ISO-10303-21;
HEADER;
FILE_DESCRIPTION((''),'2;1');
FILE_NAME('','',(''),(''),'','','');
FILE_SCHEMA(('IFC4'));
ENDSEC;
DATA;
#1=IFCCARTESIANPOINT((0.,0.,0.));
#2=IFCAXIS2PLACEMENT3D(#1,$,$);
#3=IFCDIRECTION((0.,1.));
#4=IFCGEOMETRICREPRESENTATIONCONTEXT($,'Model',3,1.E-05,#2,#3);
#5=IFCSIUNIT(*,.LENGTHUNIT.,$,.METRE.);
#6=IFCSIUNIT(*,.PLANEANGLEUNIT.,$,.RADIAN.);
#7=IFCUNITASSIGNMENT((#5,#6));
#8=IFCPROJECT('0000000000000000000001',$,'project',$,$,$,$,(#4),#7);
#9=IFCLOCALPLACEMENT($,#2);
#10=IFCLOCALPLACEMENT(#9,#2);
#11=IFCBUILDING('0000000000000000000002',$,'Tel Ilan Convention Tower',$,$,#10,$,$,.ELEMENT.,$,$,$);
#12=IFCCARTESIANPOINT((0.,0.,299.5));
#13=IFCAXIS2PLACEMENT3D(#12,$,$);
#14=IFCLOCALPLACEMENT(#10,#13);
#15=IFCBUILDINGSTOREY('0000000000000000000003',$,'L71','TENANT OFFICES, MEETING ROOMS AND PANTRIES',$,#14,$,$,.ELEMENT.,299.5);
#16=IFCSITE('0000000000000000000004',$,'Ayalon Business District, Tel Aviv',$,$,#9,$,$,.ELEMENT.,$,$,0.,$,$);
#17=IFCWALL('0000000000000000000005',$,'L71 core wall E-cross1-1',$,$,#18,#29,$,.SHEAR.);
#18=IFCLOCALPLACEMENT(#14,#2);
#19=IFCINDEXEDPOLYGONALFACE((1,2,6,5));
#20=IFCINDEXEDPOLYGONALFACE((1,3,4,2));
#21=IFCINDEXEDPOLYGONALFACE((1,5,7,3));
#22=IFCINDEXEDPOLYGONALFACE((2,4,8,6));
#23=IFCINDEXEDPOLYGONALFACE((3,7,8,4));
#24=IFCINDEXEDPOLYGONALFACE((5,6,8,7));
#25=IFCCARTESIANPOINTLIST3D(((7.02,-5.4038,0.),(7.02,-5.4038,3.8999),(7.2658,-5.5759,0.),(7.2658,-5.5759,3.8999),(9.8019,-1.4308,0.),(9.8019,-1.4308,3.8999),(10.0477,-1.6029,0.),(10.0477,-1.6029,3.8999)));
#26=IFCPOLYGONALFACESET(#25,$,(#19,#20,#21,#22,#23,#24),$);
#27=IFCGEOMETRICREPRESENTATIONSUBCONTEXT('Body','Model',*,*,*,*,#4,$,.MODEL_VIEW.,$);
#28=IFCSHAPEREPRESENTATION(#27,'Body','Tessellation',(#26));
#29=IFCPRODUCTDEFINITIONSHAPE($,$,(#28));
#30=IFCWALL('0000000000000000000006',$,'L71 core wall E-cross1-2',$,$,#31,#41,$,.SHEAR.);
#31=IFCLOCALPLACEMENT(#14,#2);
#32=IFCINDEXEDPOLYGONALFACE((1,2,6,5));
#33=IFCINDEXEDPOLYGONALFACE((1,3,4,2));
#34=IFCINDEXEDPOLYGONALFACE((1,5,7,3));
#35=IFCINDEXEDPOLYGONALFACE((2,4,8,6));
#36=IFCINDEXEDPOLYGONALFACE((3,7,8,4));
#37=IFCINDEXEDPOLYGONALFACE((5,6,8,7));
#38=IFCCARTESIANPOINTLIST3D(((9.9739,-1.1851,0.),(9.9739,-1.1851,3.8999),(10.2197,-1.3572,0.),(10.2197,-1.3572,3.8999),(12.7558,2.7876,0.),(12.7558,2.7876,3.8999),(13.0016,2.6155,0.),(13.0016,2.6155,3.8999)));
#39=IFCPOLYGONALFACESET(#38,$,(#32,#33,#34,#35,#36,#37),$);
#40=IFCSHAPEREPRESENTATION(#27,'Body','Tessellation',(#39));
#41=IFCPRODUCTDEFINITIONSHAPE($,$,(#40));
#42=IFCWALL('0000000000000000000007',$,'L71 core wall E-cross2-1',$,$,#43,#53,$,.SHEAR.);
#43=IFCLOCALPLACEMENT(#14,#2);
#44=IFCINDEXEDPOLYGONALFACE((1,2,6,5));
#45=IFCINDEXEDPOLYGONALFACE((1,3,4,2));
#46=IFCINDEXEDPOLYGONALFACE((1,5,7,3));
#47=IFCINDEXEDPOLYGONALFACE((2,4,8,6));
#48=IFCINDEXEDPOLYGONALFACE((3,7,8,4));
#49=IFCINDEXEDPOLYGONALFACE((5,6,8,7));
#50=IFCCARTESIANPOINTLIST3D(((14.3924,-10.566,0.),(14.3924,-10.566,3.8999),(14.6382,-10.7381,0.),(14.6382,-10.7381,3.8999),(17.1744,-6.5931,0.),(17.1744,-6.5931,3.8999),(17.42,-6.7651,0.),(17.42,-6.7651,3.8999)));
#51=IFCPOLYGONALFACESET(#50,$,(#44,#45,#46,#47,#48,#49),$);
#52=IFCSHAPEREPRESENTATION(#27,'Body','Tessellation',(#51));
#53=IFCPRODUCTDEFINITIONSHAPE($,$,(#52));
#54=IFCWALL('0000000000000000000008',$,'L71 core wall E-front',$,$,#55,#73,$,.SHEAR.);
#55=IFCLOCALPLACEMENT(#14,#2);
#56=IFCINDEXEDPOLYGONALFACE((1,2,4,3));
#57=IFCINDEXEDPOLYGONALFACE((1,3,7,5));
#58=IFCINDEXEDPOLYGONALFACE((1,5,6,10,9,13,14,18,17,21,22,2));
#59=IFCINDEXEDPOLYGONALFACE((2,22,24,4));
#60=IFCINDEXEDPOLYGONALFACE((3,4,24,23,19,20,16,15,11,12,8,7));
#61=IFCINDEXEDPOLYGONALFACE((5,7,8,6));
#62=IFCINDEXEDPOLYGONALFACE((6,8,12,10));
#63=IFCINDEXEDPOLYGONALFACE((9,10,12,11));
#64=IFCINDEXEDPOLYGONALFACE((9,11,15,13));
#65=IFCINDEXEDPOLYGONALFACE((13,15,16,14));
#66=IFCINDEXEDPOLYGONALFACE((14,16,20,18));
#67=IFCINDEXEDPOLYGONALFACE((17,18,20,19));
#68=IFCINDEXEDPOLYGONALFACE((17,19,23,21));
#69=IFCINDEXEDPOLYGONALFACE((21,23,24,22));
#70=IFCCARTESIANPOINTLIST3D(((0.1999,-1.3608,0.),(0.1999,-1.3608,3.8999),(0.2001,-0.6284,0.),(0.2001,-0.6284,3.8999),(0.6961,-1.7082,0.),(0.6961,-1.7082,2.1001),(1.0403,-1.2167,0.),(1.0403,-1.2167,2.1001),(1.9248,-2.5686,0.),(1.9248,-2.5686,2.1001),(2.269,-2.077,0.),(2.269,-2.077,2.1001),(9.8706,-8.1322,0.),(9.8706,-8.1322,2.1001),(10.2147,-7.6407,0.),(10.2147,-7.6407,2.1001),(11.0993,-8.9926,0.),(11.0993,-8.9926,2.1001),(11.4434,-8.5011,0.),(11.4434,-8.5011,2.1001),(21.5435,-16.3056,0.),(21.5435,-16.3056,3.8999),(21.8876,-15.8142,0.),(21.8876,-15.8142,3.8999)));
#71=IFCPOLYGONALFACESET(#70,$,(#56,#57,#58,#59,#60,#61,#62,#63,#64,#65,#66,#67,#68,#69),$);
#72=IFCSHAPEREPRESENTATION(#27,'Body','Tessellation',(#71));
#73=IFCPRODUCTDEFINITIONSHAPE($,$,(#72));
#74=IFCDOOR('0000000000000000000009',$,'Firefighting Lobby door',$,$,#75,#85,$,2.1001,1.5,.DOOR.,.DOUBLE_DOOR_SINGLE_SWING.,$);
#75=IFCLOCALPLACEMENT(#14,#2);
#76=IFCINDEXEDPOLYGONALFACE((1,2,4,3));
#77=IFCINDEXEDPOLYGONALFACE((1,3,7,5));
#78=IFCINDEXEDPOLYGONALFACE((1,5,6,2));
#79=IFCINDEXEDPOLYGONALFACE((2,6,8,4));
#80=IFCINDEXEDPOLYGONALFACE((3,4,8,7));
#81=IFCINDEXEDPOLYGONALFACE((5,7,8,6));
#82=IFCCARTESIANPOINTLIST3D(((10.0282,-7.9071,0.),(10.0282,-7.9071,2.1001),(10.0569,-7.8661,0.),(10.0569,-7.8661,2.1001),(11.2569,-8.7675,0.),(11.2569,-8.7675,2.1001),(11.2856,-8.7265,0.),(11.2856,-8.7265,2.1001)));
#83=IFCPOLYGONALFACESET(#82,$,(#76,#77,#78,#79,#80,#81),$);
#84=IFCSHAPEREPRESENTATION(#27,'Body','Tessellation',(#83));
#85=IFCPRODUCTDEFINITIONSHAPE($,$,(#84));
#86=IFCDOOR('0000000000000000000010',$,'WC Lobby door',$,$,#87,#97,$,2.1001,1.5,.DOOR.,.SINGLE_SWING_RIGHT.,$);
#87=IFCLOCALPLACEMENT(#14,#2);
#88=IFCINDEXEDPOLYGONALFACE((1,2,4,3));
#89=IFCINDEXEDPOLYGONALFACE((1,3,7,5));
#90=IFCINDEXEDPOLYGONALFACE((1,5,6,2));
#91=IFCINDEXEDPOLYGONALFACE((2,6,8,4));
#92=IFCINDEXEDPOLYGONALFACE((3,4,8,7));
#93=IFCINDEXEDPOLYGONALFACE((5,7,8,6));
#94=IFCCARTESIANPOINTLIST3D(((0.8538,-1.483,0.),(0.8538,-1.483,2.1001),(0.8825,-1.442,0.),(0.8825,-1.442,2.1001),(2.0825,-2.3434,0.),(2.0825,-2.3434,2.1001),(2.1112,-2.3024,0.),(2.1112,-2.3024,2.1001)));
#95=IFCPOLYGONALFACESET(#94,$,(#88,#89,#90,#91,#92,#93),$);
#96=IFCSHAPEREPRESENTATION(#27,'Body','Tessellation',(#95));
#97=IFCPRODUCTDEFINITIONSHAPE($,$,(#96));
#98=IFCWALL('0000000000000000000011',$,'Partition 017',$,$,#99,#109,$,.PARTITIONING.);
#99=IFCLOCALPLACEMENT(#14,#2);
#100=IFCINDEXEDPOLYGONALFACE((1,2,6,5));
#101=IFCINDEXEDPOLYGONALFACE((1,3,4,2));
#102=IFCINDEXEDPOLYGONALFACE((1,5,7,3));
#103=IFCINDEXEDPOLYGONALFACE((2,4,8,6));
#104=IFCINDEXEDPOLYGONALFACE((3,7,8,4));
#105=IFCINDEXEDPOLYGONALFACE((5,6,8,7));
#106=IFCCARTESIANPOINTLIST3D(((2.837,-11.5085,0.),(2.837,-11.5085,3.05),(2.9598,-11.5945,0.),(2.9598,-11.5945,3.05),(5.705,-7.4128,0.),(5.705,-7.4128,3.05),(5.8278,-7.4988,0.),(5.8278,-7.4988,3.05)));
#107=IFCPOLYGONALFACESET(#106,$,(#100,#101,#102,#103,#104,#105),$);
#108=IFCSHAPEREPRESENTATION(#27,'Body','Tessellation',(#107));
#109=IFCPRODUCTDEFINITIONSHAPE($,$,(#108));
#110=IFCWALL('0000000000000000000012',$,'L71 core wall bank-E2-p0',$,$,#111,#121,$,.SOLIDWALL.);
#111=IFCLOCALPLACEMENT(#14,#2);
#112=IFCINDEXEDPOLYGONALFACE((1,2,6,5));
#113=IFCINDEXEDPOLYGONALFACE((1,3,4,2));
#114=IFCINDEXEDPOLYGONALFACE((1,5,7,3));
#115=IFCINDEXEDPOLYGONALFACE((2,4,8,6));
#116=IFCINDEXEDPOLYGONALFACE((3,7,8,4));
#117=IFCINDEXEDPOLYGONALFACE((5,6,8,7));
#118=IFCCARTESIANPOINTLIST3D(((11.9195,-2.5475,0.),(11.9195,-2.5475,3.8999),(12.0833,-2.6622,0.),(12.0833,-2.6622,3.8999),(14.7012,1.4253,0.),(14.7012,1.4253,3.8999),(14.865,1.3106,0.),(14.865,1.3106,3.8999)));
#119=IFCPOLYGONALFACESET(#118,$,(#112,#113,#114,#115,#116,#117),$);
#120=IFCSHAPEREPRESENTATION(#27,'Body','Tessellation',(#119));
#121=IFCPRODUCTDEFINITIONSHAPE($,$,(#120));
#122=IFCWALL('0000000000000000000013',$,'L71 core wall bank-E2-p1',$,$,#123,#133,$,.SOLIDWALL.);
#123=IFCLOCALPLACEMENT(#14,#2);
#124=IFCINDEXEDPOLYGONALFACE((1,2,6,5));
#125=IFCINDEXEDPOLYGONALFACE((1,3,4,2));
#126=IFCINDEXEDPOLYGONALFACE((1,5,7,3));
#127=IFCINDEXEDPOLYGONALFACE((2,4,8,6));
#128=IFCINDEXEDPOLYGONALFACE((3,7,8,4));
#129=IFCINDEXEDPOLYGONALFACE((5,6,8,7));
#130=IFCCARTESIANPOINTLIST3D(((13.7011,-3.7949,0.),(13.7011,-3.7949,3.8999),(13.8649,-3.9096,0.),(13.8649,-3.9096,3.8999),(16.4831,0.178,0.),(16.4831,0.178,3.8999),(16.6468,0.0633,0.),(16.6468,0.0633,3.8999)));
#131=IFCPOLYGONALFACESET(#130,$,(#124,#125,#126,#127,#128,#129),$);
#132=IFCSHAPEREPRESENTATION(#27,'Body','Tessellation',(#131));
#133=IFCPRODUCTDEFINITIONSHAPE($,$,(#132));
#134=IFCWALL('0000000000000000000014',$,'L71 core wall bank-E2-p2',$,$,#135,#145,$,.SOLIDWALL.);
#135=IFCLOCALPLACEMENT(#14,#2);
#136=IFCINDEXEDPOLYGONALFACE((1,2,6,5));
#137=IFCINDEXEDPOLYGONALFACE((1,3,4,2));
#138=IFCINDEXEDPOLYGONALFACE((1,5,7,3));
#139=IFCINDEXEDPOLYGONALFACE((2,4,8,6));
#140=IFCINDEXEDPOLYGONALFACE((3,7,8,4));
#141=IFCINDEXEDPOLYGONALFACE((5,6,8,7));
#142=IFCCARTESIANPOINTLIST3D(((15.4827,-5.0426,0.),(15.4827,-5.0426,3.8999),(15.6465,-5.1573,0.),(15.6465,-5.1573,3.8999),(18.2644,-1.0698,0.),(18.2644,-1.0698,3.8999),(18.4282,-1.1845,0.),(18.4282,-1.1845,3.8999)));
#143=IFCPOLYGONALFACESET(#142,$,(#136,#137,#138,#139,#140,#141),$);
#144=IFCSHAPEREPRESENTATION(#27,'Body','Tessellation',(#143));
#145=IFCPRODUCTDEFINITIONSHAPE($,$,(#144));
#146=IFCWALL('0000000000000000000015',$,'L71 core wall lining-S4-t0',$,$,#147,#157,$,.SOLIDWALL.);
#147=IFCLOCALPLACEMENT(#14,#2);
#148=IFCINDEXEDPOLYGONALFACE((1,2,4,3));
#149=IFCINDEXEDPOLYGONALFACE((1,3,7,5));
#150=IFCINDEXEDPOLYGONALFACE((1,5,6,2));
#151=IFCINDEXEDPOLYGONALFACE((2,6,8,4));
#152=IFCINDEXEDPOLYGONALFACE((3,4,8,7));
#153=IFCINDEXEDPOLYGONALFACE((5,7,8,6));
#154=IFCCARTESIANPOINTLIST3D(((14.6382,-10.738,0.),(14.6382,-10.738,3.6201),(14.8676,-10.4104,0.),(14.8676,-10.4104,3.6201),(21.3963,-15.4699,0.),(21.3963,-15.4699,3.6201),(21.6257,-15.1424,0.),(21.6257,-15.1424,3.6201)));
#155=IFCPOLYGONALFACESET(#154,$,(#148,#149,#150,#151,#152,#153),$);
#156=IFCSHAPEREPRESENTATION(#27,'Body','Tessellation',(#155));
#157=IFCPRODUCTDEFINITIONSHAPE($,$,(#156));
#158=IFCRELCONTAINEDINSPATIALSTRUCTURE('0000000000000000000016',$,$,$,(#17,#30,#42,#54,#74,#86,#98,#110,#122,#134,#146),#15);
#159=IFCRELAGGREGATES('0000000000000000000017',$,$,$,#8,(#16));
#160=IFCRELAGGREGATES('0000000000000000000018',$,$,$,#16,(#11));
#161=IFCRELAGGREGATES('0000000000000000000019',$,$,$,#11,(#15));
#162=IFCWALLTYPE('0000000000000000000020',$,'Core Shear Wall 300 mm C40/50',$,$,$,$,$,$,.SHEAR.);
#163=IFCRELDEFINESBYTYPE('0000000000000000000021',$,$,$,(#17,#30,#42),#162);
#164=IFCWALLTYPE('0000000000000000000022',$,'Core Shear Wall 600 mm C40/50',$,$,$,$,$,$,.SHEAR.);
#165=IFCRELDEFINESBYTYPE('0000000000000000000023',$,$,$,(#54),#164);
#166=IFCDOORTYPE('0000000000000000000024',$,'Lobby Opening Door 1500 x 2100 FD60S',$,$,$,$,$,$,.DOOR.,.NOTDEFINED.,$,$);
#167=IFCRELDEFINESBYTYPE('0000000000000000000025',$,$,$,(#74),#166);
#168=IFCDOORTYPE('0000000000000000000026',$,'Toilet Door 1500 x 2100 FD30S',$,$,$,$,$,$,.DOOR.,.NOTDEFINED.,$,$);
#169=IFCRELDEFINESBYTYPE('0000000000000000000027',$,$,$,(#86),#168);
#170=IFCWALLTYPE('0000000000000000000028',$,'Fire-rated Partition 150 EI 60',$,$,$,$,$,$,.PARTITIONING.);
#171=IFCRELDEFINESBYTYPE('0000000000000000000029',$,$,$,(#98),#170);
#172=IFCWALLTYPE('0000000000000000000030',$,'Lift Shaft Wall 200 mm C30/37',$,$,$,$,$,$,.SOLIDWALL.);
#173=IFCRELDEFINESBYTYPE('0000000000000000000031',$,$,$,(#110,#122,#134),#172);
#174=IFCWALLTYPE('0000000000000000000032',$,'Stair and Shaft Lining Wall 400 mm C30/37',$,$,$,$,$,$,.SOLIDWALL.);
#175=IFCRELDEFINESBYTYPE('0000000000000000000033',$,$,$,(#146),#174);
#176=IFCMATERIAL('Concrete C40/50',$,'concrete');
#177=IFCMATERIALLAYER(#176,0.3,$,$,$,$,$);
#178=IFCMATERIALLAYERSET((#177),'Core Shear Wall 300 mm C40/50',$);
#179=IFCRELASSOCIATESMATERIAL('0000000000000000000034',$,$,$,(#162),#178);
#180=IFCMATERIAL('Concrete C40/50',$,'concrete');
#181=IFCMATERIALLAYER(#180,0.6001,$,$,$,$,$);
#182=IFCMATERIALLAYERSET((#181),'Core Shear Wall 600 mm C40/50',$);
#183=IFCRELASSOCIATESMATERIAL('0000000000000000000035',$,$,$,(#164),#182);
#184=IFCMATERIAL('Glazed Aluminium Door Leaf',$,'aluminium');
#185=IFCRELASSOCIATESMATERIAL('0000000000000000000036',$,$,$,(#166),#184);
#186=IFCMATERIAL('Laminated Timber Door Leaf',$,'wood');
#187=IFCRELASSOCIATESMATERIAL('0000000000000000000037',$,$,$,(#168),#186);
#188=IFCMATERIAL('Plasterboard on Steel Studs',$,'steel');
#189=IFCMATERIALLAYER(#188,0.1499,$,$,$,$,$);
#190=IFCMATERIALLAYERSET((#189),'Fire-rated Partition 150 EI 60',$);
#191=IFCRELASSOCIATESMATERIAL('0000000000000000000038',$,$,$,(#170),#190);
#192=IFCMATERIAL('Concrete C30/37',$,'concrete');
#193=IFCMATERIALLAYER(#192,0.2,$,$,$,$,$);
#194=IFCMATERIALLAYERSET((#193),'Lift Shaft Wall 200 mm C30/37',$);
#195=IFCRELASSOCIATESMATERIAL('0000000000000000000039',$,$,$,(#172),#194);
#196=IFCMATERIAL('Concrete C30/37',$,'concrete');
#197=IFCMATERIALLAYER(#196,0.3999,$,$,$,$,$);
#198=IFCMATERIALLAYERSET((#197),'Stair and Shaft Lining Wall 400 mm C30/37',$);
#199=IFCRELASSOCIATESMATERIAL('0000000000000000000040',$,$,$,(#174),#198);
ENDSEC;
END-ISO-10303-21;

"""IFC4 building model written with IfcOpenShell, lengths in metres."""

from ifc_helpers import new_model, si_unit, direction, frame, frame_2d, origin, place, context, subcontext, project, spatial, polyline, rectangle, outline, extrude, material, layer, layer_set, type_object, element, fill, save


model = new_model("IFC4")

# Units and contexts
model_context = context("Model", 3, precision=1e-05, world=origin(), true_north=direction((0.0, 1.0)))
body_context = subcontext(model_context, "Body", "Model", "MODEL_VIEW")
ifc_project = project(units=[si_unit("LENGTHUNIT", "METRE"), si_unit("PLANEANGLEUNIT", "RADIAN")], contexts=[model_context])

# Site, building, storey
site_placement = place(None, origin())
site = spatial("IfcSite", under=ifc_project, at=site_placement, Name="Ayalon Business District, Tel Aviv", CompositionType="ELEMENT", RefElevation=0.0)
building_placement = place(site_placement, origin())
building = spatial("IfcBuilding", under=site, at=building_placement, Name="Tel Ilan Convention Tower", CompositionType="ELEMENT")
storey_placement = place(building_placement, frame((0.0, 0.0, 299.5)))
storey = spatial("IfcBuildingStorey", under=building, at=storey_placement, Name="L71", Description="TENANT OFFICES, MEETING ROOMS AND PANTRIES", CompositionType="ELEMENT", Elevation=299.5)

# Walls
ifc_material_1 = material(Name="Concrete C40/50", Category="concrete")
ifc_layer_1 = layer(ifc_material_1, 0.3)
ifc_layer_set_1 = layer_set([ifc_layer_1], Name="Core Shear Wall 300 mm C40/50")
wall_type_1 = type_object("IfcWallType", Name="Core Shear Wall 300 mm C40/50", PredefinedType="SHEAR", material=ifc_layer_set_1)
wall_1_placement = place(storey_placement, frame((7.1428, -5.4897, 0.0), z_axis=(0.0, 0.0, 1.0), x_axis=(0.573618, 0.819123, 0.0)))
element("IfcWall", 1, at=wall_1_placement, inside=storey, type_object=wall_type_1, Name="L71 core wall E-cross1-1", PredefinedType="SHEAR", context=body_context, shape_type="SweptSolid", body=[
    extrude(outline(polyline([(0.0, 0.1499), (0.0, -0.1501), (4.8501, -0.1499), (4.8501, 0.1501), (0.0, 0.1499)])), origin(), (0.0, 0.0, 1.0), 3.8999),
])
wall_2_placement = place(storey_placement, frame((10.0969, -1.2712, 0.0), z_axis=(0.0, 0.0, 1.0), x_axis=(0.57356, 0.819163, 0.0)))
element("IfcWall", 2, at=wall_2_placement, inside=storey, type_object=wall_type_1, Name="L71 core wall E-cross1-2", PredefinedType="SHEAR", context=body_context, shape_type="SweptSolid", body=[
    extrude(outline(polyline([(4.8499, -0.1501), (4.8499, 0.1499), (0.0, 0.1501), (0.0, -0.1499), (4.8499, -0.1501)])), origin(), (0.0, 0.0, 1.0), 3.8999),
])
wall_3_placement = place(storey_placement, frame((14.5154, -10.6521, 0.0), z_axis=(0.0, 0.0, 1.0), x_axis=(0.57356, 0.819163, 0.0)))
element("IfcWall", 3, at=wall_3_placement, inside=storey, type_object=wall_type_1, Name="L71 core wall E-cross2-1", PredefinedType="SHEAR", context=body_context, shape_type="SweptSolid", body=[
    extrude(outline(polyline([(0.0, 0.1501), (0.0, -0.1499), (4.8501, -0.1499), (4.8501, 0.1499), (0.0, 0.1501)])), origin(), (0.0, 0.0, 1.0), 3.8999),
])

# Wall, openings, doors
ifc_material_2 = material(Name="Concrete C40/50", Category="concrete")
ifc_layer_2 = layer(ifc_material_2, 0.6001)
ifc_layer_set_2 = layer_set([ifc_layer_2], Name="Core Shear Wall 600 mm C40/50")
wall_type_2 = type_object("IfcWallType", Name="Core Shear Wall 600 mm C40/50", PredefinedType="SHEAR", material=ifc_layer_set_2)
wall_4_placement = place(storey_placement, frame((0.0278, -0.874, 0.0), z_axis=(0.0, 0.0, 1.0), x_axis=(0.81915, -0.573579, 0.0)))
wall_4 = element("IfcWall", 4, at=wall_4_placement, inside=storey, type_object=wall_type_2, Name="L71 core wall E-front", PredefinedType="SHEAR", context=body_context, shape_type="SweptSolid", body=[
    extrude(outline(polyline([(26.4758, 0.3), (0.0002, 0.3), (0.4202, -0.3), (26.4758, -0.2998), (26.4758, 0.3)])), origin(), (0.0, 0.0, 1.0), 3.8999),
])
opening_1_placement = place(wall_4_placement, frame((1.0259, 0.0, 0.0)))
opening_1 = element("IfcOpeningElement", 5, at=opening_1_placement, cuts=wall_4, PredefinedType="OPENING", context=body_context, shape_type="SweptSolid", body=[
    extrude(rectangle(XDim=1.5, YDim=2.1001, at=frame_2d((0.75, 1.05))), frame((0.0, 0.3101, 0.0), z_axis=(0.0, -1.0, 0.0), x_axis=(1.0, 0.0, 0.0)), (0.0, 0.0, 1.0), 0.6201),
])
opening_2_placement = place(wall_4_placement, frame((12.2258, 0.0, 0.0)))
opening_2 = element("IfcOpeningElement", 6, at=opening_2_placement, cuts=wall_4, PredefinedType="OPENING", context=body_context, shape_type="SweptSolid", body=[
    extrude(rectangle(XDim=1.5, YDim=2.1001, at=frame_2d((0.75, 1.05))), frame((0.0, 0.3101, 0.0), z_axis=(0.0, -1.0, 0.0), x_axis=(1.0, 0.0, 0.0)), (0.0, 0.0, 1.0), 0.6201),
])
ifc_material_3 = material(Name="Glazed Aluminium Door Leaf", Category="aluminium")
door_type_1 = type_object("IfcDoorType", Name="Lobby Opening Door 1500 x 2100 FD60S", OperationType="NOTDEFINED", PredefinedType="DOOR", material=ifc_material_3)
door_1_placement = place(opening_2_placement, origin())
door_1 = element("IfcDoor", 7, at=door_1_placement, inside=storey, type_object=door_type_1, Name="Firefighting Lobby door", OperationType="DOUBLE_DOOR_SINGLE_SWING", OverallHeight=2.1001, OverallWidth=1.5, PredefinedType="DOOR", context=body_context, shape_type="SweptSolid", body=[
    extrude(rectangle(XDim=1.5, YDim=2.1001, at=frame_2d((0.75, 1.05))), frame((0.0, 0.0249, 0.0), z_axis=(0.0, -1.0, 0.0), x_axis=(1.0, 0.0, 0.0)), (0.0, 0.0, 1.0), 0.05),
])
fill(opening_2, door_1)
ifc_material_4 = material(Name="Laminated Timber Door Leaf", Category="wood")
door_type_2 = type_object("IfcDoorType", Name="Toilet Door 1500 x 2100 FD30S", OperationType="NOTDEFINED", PredefinedType="DOOR", material=ifc_material_4)
door_2_placement = place(opening_1_placement, origin())
door_2 = element("IfcDoor", 8, at=door_2_placement, inside=storey, type_object=door_type_2, Name="WC Lobby door", OperationType="SINGLE_SWING_RIGHT", OverallHeight=2.1001, OverallWidth=1.5, PredefinedType="DOOR", context=body_context, shape_type="SweptSolid", body=[
    extrude(rectangle(XDim=1.5, YDim=2.1001, at=frame_2d((0.75, 1.05))), frame((0.0, 0.0249, 0.0), z_axis=(0.0, -1.0, 0.0), x_axis=(1.0, 0.0, 0.0)), (0.0, 0.0, 1.0), 0.05),
])
fill(opening_1, door_2)

# Walls
ifc_material_5 = material(Name="Plasterboard on Steel Studs", Category="steel")
ifc_layer_3 = layer(ifc_material_5, 0.1499)
ifc_layer_set_3 = layer_set([ifc_layer_3], Name="Fire-rated Partition 150 EI 60")
wall_type_3 = type_object("IfcWallType", Name="Fire-rated Partition 150 EI 60", PredefinedType="PARTITIONING", material=ifc_layer_set_3)
wall_5_placement = place(storey_placement, frame((2.8984, -11.5515, 0.0), z_axis=(0.0, 0.0, 1.0), x_axis=(0.573587, 0.819145, 0.0)))
element("IfcWall", 9, at=wall_5_placement, inside=storey, type_object=wall_type_3, Name="Partition 017", PredefinedType="PARTITIONING", context=body_context, shape_type="SweptSolid", body=[
    extrude(rectangle(XDim=5.0, YDim=0.1499, at=frame_2d((2.5, 0.0))), origin(), (0.0, 0.0, 1.0), 3.05),
])
ifc_material_6 = material(Name="Concrete C30/37", Category="concrete")
ifc_layer_4 = layer(ifc_material_6, 0.2)
ifc_layer_set_4 = layer_set([ifc_layer_4], Name="Lift Shaft Wall 200 mm C30/37")
wall_type_4 = type_object("IfcWallType", Name="Lift Shaft Wall 200 mm C30/37", PredefinedType="SOLIDWALL", material=ifc_layer_set_4)
wall_6_placement = place(storey_placement, frame((12.0015, -2.6047, 0.0), z_axis=(0.0, 0.0, 1.0), x_axis=(0.57356, 0.819163, 0.0)))
element("IfcWall", 10, at=wall_6_placement, inside=storey, type_object=wall_type_4, Name="L71 core wall bank-E2-p0", PredefinedType="SOLIDWALL", context=body_context, shape_type="SweptSolid", body=[
    extrude(rectangle(XDim=4.8499, YDim=0.2, at=frame_2d((2.4248, 0.0))), origin(), (0.0, 0.0, 1.0), 3.8999),
])
wall_7_placement = place(storey_placement, frame((13.783, -3.8523, 0.0), z_axis=(0.0, 0.0, 1.0), x_axis=(0.573594, 0.81914, 0.0)))
element("IfcWall", 11, at=wall_7_placement, inside=storey, type_object=wall_type_4, Name="L71 core wall bank-E2-p1", PredefinedType="SOLIDWALL", context=body_context, shape_type="SweptSolid", body=[
    extrude(rectangle(XDim=4.8501, YDim=0.2, at=frame_2d((2.425, 0.0))), origin(), (0.0, 0.0, 1.0), 3.8999),
])
wall_8_placement = place(storey_placement, frame((15.5647, -5.0999, 0.0), z_axis=(0.0, 0.0, 1.0), x_axis=(0.57356, 0.819163, 0.0)))
element("IfcWall", 12, at=wall_8_placement, inside=storey, type_object=wall_type_4, Name="L71 core wall bank-E2-p2", PredefinedType="SOLIDWALL", context=body_context, shape_type="SweptSolid", body=[
    extrude(rectangle(XDim=4.8499, YDim=0.2, at=frame_2d((2.4248, 0.0))), origin(), (0.0, 0.0, 1.0), 3.8999),
])
ifc_material_7 = material(Name="Concrete C30/37", Category="concrete")
ifc_layer_5 = layer(ifc_material_7, 0.3999)
ifc_layer_set_5 = layer_set([ifc_layer_5], Name="Stair and Shaft Lining Wall 400 mm C30/37")
wall_type_5 = type_object("IfcWallType", Name="Stair and Shaft Lining Wall 400 mm C30/37", PredefinedType="SOLIDWALL", material=ifc_layer_set_5)
wall_9_placement = place(storey_placement, frame((14.7529, -10.5742, 0.0), z_axis=(0.0, 0.0, 1.0), x_axis=(0.819158, -0.573568, 0.0)))
element("IfcWall", 13, at=wall_9_placement, inside=storey, type_object=wall_type_5, Name="L71 core wall lining-S4-t0", PredefinedType="SOLIDWALL", context=body_context, shape_type="SweptSolid", body=[
    extrude(rectangle(XDim=8.25, YDim=0.3999, at=frame_2d((4.125, 0.0))), origin(), (0.0, 0.0, 1.0), 3.6201),
])

save(model, "model.ifc")
